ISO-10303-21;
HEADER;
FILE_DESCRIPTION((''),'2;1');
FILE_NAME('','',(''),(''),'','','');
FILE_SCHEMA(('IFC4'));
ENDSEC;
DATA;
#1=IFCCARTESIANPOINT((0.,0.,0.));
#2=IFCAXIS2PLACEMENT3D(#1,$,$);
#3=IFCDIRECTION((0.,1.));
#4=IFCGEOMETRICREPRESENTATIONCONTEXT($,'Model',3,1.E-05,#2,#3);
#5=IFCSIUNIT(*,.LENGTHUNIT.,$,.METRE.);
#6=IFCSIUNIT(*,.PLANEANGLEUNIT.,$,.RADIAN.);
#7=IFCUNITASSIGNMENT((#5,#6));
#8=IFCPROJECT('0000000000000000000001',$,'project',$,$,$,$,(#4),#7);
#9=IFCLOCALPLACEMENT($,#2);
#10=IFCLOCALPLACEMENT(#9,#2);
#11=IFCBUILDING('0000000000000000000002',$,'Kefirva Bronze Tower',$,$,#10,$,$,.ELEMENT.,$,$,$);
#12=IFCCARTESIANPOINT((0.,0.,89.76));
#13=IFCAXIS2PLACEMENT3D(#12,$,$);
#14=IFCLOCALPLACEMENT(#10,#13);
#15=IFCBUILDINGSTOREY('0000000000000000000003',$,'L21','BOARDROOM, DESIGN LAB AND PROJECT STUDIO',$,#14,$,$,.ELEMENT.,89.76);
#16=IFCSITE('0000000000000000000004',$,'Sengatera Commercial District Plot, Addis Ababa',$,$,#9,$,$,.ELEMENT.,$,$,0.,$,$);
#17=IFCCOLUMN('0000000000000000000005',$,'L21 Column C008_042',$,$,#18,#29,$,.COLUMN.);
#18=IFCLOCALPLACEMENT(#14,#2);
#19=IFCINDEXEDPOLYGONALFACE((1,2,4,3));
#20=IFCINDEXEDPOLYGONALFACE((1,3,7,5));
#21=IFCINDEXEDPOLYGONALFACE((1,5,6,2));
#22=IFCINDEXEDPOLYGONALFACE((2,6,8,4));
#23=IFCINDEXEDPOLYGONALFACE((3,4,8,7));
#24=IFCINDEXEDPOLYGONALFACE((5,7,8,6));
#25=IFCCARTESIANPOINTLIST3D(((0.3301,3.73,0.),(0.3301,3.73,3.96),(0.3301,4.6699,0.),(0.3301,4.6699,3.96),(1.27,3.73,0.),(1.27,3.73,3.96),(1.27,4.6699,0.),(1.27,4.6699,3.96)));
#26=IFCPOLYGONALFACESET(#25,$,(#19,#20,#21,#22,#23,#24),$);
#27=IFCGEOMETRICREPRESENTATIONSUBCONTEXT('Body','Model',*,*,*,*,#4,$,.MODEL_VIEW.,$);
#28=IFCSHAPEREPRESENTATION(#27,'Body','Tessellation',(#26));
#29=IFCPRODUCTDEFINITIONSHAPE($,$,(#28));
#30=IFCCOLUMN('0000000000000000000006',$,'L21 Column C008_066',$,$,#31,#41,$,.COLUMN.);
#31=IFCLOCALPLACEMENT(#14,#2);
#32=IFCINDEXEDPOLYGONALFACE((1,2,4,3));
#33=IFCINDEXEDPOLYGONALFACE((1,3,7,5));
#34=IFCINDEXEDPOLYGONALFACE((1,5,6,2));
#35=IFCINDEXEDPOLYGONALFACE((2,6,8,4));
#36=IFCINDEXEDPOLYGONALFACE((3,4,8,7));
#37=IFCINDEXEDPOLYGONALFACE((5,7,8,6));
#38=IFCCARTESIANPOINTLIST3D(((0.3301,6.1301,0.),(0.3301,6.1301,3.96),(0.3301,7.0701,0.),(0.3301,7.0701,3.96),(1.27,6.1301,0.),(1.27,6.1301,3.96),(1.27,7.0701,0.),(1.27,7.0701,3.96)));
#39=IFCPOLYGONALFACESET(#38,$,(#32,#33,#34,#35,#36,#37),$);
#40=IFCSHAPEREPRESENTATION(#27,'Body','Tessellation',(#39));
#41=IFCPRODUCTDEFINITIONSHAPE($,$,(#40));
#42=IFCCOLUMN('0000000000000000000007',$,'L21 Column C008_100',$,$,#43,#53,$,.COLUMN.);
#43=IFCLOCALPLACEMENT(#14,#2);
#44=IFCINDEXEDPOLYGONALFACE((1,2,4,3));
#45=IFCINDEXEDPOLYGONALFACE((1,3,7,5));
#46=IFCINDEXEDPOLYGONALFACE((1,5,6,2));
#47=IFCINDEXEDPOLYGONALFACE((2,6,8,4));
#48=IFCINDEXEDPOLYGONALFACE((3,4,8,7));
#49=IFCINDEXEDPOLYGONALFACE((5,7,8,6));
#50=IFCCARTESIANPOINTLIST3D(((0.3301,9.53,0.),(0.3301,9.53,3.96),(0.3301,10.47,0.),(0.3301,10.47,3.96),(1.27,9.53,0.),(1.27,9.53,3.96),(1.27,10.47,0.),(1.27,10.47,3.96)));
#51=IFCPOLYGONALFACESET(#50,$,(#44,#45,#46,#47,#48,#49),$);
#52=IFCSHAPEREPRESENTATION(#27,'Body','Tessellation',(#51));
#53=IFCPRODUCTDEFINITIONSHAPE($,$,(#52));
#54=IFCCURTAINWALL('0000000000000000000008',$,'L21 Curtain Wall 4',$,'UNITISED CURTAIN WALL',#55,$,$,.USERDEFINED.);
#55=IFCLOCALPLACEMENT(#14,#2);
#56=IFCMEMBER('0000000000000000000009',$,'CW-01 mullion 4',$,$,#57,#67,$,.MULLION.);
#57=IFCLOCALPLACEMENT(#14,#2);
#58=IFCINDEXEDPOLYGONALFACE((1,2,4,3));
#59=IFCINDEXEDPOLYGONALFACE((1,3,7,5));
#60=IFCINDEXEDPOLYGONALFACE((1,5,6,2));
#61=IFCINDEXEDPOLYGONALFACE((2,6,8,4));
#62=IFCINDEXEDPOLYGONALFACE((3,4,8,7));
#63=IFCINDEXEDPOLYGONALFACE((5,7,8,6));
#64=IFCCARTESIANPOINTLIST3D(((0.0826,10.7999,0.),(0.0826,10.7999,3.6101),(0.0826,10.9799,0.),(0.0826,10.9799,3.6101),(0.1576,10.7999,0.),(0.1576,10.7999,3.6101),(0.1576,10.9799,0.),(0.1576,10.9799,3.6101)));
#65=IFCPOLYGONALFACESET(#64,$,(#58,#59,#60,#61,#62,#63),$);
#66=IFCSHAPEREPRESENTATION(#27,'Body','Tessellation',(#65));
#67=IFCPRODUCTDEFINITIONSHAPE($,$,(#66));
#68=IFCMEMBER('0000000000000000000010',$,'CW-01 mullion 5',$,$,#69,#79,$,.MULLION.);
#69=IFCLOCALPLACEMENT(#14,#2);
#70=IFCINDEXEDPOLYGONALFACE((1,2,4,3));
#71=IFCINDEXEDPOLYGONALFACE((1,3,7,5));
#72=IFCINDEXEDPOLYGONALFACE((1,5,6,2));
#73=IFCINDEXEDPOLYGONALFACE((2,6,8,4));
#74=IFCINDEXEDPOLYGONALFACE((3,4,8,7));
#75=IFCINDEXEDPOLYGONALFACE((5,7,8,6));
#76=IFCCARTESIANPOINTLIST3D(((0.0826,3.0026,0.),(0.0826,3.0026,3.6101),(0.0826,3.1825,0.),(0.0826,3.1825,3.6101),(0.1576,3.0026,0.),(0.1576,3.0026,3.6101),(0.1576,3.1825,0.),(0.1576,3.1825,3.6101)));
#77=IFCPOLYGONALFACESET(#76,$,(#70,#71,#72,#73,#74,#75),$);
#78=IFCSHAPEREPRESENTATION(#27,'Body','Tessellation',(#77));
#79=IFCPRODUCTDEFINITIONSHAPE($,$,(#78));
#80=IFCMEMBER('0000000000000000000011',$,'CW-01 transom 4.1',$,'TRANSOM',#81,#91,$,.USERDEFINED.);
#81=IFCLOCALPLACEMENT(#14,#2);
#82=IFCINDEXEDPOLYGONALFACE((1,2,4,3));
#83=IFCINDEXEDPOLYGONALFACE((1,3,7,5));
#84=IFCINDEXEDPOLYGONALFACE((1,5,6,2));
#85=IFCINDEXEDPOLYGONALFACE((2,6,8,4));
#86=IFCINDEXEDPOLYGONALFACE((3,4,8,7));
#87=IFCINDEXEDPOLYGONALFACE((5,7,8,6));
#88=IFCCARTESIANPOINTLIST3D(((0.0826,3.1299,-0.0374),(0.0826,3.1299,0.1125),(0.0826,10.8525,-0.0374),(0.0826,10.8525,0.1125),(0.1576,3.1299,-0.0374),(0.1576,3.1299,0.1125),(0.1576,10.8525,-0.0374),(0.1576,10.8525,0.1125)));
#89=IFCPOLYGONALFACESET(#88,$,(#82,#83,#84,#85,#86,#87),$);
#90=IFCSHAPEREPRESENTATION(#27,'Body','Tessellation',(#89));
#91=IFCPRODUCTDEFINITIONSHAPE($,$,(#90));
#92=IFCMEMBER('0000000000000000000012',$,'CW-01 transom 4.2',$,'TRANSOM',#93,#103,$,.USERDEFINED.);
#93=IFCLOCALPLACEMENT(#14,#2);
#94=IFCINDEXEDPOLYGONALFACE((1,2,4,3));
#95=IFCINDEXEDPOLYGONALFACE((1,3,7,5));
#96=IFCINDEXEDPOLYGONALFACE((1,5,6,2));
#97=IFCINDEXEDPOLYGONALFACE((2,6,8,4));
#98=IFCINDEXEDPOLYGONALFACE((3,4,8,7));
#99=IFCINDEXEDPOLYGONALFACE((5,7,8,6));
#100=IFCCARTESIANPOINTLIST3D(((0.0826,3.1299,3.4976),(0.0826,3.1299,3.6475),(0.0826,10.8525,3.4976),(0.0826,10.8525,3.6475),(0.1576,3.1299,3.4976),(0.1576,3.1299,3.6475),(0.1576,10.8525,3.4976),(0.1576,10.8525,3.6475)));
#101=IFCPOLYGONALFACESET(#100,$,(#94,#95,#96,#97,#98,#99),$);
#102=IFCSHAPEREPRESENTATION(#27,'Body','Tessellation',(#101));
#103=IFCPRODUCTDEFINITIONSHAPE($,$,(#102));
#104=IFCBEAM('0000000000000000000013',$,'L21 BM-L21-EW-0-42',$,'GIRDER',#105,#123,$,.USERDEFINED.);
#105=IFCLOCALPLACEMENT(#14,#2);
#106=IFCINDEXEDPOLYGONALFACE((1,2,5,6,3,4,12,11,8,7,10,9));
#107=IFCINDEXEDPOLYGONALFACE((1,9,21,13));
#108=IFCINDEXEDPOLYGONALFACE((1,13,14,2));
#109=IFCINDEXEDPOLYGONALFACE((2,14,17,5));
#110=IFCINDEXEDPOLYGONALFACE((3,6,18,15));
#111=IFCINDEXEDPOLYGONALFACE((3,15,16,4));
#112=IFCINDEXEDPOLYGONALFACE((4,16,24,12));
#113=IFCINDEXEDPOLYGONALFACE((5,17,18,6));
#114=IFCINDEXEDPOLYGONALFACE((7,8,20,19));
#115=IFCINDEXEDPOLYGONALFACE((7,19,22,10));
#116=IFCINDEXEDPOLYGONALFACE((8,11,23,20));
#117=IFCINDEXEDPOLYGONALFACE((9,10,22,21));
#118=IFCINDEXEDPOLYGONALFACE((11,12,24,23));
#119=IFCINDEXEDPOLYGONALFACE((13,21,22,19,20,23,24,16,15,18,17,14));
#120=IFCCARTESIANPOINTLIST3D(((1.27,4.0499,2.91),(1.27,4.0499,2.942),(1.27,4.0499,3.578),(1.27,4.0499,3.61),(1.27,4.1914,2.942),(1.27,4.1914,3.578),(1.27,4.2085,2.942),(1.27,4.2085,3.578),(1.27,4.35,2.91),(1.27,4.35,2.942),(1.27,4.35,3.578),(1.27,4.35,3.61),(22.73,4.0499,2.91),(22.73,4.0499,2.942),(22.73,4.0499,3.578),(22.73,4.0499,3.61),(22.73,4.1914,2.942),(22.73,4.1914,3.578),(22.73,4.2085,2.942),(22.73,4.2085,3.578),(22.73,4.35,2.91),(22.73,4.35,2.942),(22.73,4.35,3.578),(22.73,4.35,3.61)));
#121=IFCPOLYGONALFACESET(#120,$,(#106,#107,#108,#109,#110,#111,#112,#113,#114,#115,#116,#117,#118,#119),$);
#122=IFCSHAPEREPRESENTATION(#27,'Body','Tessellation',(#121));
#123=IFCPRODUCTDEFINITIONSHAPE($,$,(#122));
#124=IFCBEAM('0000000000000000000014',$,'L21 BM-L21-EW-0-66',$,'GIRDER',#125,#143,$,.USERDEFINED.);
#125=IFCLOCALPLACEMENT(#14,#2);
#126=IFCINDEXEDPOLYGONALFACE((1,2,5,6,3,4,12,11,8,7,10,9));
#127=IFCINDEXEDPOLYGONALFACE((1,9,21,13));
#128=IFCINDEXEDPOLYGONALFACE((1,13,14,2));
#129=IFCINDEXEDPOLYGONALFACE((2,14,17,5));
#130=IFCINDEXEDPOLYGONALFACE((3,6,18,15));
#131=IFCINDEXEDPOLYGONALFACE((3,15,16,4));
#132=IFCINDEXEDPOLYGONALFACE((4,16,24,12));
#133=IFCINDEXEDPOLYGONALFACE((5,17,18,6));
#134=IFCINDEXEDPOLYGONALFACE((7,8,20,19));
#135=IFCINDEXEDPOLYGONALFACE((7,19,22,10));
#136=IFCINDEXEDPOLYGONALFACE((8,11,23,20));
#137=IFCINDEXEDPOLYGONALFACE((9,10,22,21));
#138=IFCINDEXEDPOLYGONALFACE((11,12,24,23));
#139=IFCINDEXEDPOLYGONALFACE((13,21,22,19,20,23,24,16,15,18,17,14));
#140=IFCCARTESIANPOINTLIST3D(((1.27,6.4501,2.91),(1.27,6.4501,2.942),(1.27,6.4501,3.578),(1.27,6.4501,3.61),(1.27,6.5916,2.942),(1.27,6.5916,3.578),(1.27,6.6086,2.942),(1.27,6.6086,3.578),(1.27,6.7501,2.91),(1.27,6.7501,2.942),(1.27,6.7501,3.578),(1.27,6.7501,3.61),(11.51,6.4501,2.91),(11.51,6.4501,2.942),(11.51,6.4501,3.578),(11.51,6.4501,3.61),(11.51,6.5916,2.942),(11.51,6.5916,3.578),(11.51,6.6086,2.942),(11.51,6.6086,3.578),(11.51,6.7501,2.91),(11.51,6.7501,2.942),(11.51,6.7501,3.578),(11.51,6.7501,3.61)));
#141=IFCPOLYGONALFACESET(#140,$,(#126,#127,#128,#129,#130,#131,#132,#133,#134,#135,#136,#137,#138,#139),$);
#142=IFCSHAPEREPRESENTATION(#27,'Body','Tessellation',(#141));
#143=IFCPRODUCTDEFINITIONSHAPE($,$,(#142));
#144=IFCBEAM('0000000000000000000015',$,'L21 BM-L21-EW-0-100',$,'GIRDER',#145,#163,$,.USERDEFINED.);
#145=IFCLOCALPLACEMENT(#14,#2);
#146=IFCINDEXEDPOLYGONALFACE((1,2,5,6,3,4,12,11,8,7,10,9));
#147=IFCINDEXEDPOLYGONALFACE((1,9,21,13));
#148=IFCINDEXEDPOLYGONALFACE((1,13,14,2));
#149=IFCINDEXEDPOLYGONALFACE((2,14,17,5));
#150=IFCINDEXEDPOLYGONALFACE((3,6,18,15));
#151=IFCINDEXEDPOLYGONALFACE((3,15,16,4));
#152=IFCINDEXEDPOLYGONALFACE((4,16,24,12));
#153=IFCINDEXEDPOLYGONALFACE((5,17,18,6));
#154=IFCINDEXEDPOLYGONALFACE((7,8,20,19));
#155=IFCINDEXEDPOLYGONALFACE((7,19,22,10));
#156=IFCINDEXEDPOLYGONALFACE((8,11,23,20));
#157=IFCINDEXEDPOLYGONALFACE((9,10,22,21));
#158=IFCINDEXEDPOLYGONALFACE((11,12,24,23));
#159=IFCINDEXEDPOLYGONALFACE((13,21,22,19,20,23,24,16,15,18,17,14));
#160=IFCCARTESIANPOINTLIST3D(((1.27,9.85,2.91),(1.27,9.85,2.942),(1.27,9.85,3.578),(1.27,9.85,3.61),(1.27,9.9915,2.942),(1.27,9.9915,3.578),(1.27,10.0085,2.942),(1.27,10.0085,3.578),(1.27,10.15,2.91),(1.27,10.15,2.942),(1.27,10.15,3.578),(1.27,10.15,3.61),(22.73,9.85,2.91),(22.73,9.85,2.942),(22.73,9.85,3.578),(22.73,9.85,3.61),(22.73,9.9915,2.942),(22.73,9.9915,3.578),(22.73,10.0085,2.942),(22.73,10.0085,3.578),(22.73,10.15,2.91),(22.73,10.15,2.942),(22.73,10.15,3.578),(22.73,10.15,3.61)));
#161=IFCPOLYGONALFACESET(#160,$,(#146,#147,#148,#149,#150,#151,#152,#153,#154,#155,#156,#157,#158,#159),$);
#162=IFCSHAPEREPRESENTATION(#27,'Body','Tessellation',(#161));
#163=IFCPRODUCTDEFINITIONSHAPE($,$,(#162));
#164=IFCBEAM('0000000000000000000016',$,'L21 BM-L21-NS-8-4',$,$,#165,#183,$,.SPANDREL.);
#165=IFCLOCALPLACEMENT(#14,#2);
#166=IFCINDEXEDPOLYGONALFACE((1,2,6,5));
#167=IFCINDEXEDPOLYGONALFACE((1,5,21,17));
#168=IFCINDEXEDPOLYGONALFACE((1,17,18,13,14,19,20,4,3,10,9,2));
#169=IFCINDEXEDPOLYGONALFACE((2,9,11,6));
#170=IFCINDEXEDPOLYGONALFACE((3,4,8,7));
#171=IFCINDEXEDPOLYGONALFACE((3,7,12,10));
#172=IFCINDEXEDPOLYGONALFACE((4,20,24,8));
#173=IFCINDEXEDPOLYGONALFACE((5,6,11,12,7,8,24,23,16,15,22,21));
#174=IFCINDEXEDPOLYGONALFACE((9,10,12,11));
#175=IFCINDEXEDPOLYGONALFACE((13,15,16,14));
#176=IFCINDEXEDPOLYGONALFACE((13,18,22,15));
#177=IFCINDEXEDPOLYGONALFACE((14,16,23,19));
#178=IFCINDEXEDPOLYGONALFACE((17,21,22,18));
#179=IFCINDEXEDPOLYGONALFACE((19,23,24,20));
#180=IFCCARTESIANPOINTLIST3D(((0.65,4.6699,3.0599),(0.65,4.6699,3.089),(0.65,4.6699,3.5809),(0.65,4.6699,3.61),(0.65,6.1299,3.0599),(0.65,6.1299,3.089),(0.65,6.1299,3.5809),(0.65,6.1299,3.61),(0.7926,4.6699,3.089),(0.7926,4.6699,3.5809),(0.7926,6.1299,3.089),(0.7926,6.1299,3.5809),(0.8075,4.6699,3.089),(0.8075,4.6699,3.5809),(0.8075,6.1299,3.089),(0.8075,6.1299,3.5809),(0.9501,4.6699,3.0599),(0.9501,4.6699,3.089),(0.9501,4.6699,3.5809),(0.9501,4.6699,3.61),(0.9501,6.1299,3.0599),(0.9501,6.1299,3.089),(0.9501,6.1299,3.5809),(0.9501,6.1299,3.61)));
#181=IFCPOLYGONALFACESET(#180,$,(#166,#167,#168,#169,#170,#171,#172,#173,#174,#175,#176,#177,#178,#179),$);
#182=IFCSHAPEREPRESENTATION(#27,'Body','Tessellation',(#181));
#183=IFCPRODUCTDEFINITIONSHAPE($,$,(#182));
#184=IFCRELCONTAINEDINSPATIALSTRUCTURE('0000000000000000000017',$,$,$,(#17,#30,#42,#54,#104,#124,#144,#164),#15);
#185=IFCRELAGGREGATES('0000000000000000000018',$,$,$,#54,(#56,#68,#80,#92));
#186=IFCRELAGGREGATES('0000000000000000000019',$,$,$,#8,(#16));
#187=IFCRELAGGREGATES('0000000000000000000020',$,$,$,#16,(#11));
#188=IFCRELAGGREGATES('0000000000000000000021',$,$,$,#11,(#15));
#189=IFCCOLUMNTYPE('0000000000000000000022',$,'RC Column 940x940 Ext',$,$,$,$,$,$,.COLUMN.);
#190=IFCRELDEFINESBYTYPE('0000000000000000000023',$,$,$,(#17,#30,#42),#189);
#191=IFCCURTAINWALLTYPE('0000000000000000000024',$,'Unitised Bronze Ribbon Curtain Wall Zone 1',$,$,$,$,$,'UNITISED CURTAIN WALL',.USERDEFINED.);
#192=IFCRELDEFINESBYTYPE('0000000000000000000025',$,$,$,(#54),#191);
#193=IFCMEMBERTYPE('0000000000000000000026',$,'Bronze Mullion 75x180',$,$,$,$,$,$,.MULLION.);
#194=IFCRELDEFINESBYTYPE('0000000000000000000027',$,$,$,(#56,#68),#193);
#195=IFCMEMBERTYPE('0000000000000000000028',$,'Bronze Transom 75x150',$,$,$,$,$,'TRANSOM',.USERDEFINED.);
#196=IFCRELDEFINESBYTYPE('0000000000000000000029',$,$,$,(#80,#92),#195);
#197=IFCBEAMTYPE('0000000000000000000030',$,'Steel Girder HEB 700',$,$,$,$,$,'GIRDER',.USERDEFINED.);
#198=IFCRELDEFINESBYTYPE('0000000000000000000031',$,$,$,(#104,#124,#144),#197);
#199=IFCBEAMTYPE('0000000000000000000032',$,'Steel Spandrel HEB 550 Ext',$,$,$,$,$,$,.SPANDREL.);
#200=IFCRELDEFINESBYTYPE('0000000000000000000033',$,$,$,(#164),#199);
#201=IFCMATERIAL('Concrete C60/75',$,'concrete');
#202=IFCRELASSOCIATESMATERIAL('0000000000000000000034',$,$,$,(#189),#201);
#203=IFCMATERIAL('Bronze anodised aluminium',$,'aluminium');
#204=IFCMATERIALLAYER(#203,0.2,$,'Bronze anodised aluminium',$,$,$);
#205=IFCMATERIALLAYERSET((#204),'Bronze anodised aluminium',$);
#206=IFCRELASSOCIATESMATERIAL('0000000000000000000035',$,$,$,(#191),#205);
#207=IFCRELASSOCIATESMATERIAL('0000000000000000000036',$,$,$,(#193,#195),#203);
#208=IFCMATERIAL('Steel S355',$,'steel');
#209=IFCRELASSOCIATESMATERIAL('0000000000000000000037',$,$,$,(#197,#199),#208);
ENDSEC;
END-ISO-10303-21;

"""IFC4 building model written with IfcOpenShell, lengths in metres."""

from ifc_helpers import new_model, si_unit, direction, frame, origin, origin_2d, place, context, subcontext, project, spatial, rectangle, i_section, extrude, material, layer, layer_set, material_profile, profile_set, type_object, element, aggregate, save


model = new_model("IFC4")

# Units and contexts
model_context = context("Model", 3, precision=1e-05, world=origin(), true_north=direction((0.0, 1.0)))
body_context = subcontext(model_context, "Body", "Model", "MODEL_VIEW")
ifc_project = project(units=[si_unit("LENGTHUNIT", "METRE"), si_unit("PLANEANGLEUNIT", "RADIAN")], contexts=[model_context])

# Site, building, storey
site_placement = place(None, origin())
site = spatial("IfcSite", under=ifc_project, at=site_placement, Name="Sengatera Commercial District Plot, Addis Ababa", CompositionType="ELEMENT", RefElevation=0.0)
building_placement = place(site_placement, origin())
building = spatial("IfcBuilding", under=site, at=building_placement, Name="Kefirva Bronze Tower", CompositionType="ELEMENT")
storey_placement = place(building_placement, frame((0.0, 0.0, 89.76)))
storey = spatial("IfcBuildingStorey", under=building, at=storey_placement, Name="L21", Description="BOARDROOM, DESIGN LAB AND PROJECT STUDIO", CompositionType="ELEMENT", Elevation=89.76)

# Columns
ifc_material_1 = material(Name="Concrete C60/75", Category="concrete")
ifc_material_profile_1 = material_profile(ifc_material_1, rectangle(XDim=0.9399, YDim=0.9399, at=origin_2d()), Name="RC 940x940")
ifc_profile_set_1 = profile_set([ifc_material_profile_1], Name="Concrete C60/75")
column_type = type_object("IfcColumnType", Name="RC Column 940x940 Ext", PredefinedType="COLUMN", material=ifc_profile_set_1)
for number, where, z_axis, x_axis, name in (
    (1, (0.8, 4.2, 0.0), (0.0, 0.0, 1.0), (1.0, 0.0, 0.0), "L21 Column C008_042"),
    (2, (0.8, 6.6001, 0.0), (0.0, 0.0, 1.0), (1.0, 0.0, 0.0), "L21 Column C008_066"),
    (3, (0.8, 10.0, 0.0), (0.0, 0.0, 1.0), (1.0, 0.0, 0.0), "L21 Column C008_100"),
):
    element("IfcColumn", number, at=place(storey_placement, frame(where, z_axis=z_axis, x_axis=x_axis)), inside=storey, type_object=column_type, Name=name, PredefinedType="COLUMN", context=body_context, shape_type="SweptSolid", body=[
        extrude(rectangle(XDim=0.9399, YDim=0.9399, at=origin_2d()), origin(), (0.0, 0.0, 1.0), 3.96),
    ])

# Curtain wall, members
ifc_material_2 = material(Name="Bronze anodised aluminium", Category="aluminium")
ifc_layer_1 = layer(ifc_material_2, 0.2, Name="Bronze anodised aluminium")
ifc_layer_set_1 = layer_set([ifc_layer_1], Name="Bronze anodised aluminium")
curtain_wall_type = type_object("IfcCurtainWallType", Name="Unitised Bronze Ribbon Curtain Wall Zone 1", ElementType="UNITISED CURTAIN WALL", PredefinedType="USERDEFINED", material=ifc_layer_set_1)
curtain_wall_placement = place(storey_placement, origin())
curtain_wall = element("IfcCurtainWall", 4, at=curtain_wall_placement, inside=storey, type_object=curtain_wall_type, Name="L21 Curtain Wall 4", ObjectType="UNITISED CURTAIN WALL", PredefinedType="USERDEFINED")
ifc_material_profile_2 = material_profile(ifc_material_2, rectangle(XDim=0.075, YDim=0.1799, at=origin_2d()), Name="ALU 75x180")
ifc_profile_set_2 = profile_set([ifc_material_profile_2], Name="Bronze anodised aluminium")
member_type_1 = type_object("IfcMemberType", Name="Bronze Mullion 75x180", PredefinedType="MULLION", material=ifc_profile_set_2)
member_1_placement = place(storey_placement, frame((0.1201, 10.8899, 0.0), z_axis=(0.0, 0.0, 1.0), x_axis=(1.0, 0.0, 0.0)))
member_1 = element("IfcMember", 5, at=member_1_placement, type_object=member_type_1, Name="CW-01 mullion 4", PredefinedType="MULLION", context=body_context, shape_type="SweptSolid", body=[
    extrude(rectangle(XDim=0.075, YDim=0.1799, at=origin_2d()), origin(), (0.0, 0.0, 1.0), 3.6101),
])
member_2_placement = place(storey_placement, frame((0.1201, 3.0925, 0.0), z_axis=(0.0, 0.0, 1.0), x_axis=(1.0, 0.0, 0.0)))
member_2 = element("IfcMember", 6, at=member_2_placement, type_object=member_type_1, Name="CW-01 mullion 5", PredefinedType="MULLION", context=body_context, shape_type="SweptSolid", body=[
    extrude(rectangle(XDim=0.075, YDim=0.1799, at=origin_2d()), origin(), (0.0, 0.0, 1.0), 3.6101),
])
ifc_material_profile_3 = material_profile(ifc_material_2, rectangle(XDim=0.075, YDim=0.1499, at=origin_2d()), Name="ALU 75x150")
ifc_profile_set_3 = profile_set([ifc_material_profile_3], Name="Bronze anodised aluminium")
member_type_2 = type_object("IfcMemberType", Name="Bronze Transom 75x150", ElementType="TRANSOM", PredefinedType="USERDEFINED", material=ifc_profile_set_3)
member_3_placement = place(storey_placement, frame((0.1201, 10.8525, 0.0376), z_axis=(0.0, -1.0, 0.0), x_axis=(1.0, 0.0, 0.0)))
member_3 = element("IfcMember", 7, at=member_3_placement, type_object=member_type_2, Name="CW-01 transom 4.1", ObjectType="TRANSOM", PredefinedType="USERDEFINED", context=body_context, shape_type="SweptSolid", body=[
    extrude(rectangle(XDim=0.075, YDim=0.1499, at=origin_2d()), origin(), (0.0, 0.0, 1.0), 7.7227),
])
member_4_placement = place(storey_placement, frame((0.1201, 10.8525, 3.5725), z_axis=(0.0, -1.0, 0.0), x_axis=(1.0, 0.0, 0.0)))
member_4 = element("IfcMember", 8, at=member_4_placement, type_object=member_type_2, Name="CW-01 transom 4.2", ObjectType="TRANSOM", PredefinedType="USERDEFINED", context=body_context, shape_type="SweptSolid", body=[
    extrude(rectangle(XDim=0.075, YDim=0.1499, at=origin_2d()), origin(), (0.0, 0.0, 1.0), 7.7227),
])

# Beams
ifc_material_3 = material(Name="Steel S355", Category="steel")
ifc_material_profile_4 = material_profile(ifc_material_3, i_section(OverallWidth=0.3, OverallDepth=0.7, WebThickness=0.0171, FlangeThickness=0.032, at=origin_2d()), Name="HEB 700")
ifc_profile_set_4 = profile_set([ifc_material_profile_4], Name="Steel S355")
beam_type_1 = type_object("IfcBeamType", Name="Steel Girder HEB 700", ElementType="GIRDER", PredefinedType="USERDEFINED", material=ifc_profile_set_4)
beam_1_placement = place(storey_placement, frame((1.27, 4.2, 3.26), z_axis=(1.0, 0.0, 0.0), x_axis=(0.0, 1.0, 0.0)))
element("IfcBeam", 9, at=beam_1_placement, inside=storey, type_object=beam_type_1, Name="L21 BM-L21-EW-0-42", ObjectType="GIRDER", PredefinedType="USERDEFINED", context=body_context, shape_type="SweptSolid", body=[
    extrude(i_section(OverallWidth=0.3, OverallDepth=0.7, WebThickness=0.0171, FlangeThickness=0.032, at=origin_2d()), origin(), (0.0, 0.0, 1.0), 21.46),
])
beam_2_placement = place(storey_placement, frame((1.27, 6.6001, 3.26), z_axis=(1.0, 0.0, 0.0), x_axis=(0.0, 1.0, 0.0)))
element("IfcBeam", 10, at=beam_2_placement, inside=storey, type_object=beam_type_1, Name="L21 BM-L21-EW-0-66", ObjectType="GIRDER", PredefinedType="USERDEFINED", context=body_context, shape_type="SweptSolid", body=[
    extrude(i_section(OverallWidth=0.3, OverallDepth=0.7, WebThickness=0.0171, FlangeThickness=0.032, at=origin_2d()), origin(), (0.0, 0.0, 1.0), 10.24),
])
beam_3_placement = place(storey_placement, frame((1.27, 10.0, 3.26), z_axis=(1.0, 0.0, 0.0), x_axis=(0.0, 1.0, 0.0)))
element("IfcBeam", 11, at=beam_3_placement, inside=storey, type_object=beam_type_1, Name="L21 BM-L21-EW-0-100", ObjectType="GIRDER", PredefinedType="USERDEFINED", context=body_context, shape_type="SweptSolid", body=[
    extrude(i_section(OverallWidth=0.3, OverallDepth=0.7, WebThickness=0.0171, FlangeThickness=0.032, at=origin_2d()), origin(), (0.0, 0.0, 1.0), 21.46),
])
ifc_material_profile_5 = material_profile(ifc_material_3, i_section(OverallWidth=0.3, OverallDepth=0.55, WebThickness=0.0149, FlangeThickness=0.0291, at=origin_2d()), Name="HEB 550")
ifc_profile_set_5 = profile_set([ifc_material_profile_5], Name="Steel S355")
beam_type_2 = type_object("IfcBeamType", Name="Steel Spandrel HEB 550 Ext", PredefinedType="SPANDREL", material=ifc_profile_set_5)
beam_4_placement = place(storey_placement, frame((0.8, 4.6699, 3.335), z_axis=(0.0, 1.0, 0.0), x_axis=(-1.0, 0.0, 0.0)))
element("IfcBeam", 12, at=beam_4_placement, inside=storey, type_object=beam_type_2, Name="L21 BM-L21-NS-8-4", PredefinedType="SPANDREL", context=body_context, shape_type="SweptSolid", body=[
    extrude(i_section(OverallWidth=0.3, OverallDepth=0.55, WebThickness=0.0149, FlangeThickness=0.0291, at=origin_2d()), origin(), (0.0, 0.0, 1.0), 1.46),
])

aggregate(curtain_wall, [member_1, member_2, member_3, member_4])

save(model, "model.ifc")
